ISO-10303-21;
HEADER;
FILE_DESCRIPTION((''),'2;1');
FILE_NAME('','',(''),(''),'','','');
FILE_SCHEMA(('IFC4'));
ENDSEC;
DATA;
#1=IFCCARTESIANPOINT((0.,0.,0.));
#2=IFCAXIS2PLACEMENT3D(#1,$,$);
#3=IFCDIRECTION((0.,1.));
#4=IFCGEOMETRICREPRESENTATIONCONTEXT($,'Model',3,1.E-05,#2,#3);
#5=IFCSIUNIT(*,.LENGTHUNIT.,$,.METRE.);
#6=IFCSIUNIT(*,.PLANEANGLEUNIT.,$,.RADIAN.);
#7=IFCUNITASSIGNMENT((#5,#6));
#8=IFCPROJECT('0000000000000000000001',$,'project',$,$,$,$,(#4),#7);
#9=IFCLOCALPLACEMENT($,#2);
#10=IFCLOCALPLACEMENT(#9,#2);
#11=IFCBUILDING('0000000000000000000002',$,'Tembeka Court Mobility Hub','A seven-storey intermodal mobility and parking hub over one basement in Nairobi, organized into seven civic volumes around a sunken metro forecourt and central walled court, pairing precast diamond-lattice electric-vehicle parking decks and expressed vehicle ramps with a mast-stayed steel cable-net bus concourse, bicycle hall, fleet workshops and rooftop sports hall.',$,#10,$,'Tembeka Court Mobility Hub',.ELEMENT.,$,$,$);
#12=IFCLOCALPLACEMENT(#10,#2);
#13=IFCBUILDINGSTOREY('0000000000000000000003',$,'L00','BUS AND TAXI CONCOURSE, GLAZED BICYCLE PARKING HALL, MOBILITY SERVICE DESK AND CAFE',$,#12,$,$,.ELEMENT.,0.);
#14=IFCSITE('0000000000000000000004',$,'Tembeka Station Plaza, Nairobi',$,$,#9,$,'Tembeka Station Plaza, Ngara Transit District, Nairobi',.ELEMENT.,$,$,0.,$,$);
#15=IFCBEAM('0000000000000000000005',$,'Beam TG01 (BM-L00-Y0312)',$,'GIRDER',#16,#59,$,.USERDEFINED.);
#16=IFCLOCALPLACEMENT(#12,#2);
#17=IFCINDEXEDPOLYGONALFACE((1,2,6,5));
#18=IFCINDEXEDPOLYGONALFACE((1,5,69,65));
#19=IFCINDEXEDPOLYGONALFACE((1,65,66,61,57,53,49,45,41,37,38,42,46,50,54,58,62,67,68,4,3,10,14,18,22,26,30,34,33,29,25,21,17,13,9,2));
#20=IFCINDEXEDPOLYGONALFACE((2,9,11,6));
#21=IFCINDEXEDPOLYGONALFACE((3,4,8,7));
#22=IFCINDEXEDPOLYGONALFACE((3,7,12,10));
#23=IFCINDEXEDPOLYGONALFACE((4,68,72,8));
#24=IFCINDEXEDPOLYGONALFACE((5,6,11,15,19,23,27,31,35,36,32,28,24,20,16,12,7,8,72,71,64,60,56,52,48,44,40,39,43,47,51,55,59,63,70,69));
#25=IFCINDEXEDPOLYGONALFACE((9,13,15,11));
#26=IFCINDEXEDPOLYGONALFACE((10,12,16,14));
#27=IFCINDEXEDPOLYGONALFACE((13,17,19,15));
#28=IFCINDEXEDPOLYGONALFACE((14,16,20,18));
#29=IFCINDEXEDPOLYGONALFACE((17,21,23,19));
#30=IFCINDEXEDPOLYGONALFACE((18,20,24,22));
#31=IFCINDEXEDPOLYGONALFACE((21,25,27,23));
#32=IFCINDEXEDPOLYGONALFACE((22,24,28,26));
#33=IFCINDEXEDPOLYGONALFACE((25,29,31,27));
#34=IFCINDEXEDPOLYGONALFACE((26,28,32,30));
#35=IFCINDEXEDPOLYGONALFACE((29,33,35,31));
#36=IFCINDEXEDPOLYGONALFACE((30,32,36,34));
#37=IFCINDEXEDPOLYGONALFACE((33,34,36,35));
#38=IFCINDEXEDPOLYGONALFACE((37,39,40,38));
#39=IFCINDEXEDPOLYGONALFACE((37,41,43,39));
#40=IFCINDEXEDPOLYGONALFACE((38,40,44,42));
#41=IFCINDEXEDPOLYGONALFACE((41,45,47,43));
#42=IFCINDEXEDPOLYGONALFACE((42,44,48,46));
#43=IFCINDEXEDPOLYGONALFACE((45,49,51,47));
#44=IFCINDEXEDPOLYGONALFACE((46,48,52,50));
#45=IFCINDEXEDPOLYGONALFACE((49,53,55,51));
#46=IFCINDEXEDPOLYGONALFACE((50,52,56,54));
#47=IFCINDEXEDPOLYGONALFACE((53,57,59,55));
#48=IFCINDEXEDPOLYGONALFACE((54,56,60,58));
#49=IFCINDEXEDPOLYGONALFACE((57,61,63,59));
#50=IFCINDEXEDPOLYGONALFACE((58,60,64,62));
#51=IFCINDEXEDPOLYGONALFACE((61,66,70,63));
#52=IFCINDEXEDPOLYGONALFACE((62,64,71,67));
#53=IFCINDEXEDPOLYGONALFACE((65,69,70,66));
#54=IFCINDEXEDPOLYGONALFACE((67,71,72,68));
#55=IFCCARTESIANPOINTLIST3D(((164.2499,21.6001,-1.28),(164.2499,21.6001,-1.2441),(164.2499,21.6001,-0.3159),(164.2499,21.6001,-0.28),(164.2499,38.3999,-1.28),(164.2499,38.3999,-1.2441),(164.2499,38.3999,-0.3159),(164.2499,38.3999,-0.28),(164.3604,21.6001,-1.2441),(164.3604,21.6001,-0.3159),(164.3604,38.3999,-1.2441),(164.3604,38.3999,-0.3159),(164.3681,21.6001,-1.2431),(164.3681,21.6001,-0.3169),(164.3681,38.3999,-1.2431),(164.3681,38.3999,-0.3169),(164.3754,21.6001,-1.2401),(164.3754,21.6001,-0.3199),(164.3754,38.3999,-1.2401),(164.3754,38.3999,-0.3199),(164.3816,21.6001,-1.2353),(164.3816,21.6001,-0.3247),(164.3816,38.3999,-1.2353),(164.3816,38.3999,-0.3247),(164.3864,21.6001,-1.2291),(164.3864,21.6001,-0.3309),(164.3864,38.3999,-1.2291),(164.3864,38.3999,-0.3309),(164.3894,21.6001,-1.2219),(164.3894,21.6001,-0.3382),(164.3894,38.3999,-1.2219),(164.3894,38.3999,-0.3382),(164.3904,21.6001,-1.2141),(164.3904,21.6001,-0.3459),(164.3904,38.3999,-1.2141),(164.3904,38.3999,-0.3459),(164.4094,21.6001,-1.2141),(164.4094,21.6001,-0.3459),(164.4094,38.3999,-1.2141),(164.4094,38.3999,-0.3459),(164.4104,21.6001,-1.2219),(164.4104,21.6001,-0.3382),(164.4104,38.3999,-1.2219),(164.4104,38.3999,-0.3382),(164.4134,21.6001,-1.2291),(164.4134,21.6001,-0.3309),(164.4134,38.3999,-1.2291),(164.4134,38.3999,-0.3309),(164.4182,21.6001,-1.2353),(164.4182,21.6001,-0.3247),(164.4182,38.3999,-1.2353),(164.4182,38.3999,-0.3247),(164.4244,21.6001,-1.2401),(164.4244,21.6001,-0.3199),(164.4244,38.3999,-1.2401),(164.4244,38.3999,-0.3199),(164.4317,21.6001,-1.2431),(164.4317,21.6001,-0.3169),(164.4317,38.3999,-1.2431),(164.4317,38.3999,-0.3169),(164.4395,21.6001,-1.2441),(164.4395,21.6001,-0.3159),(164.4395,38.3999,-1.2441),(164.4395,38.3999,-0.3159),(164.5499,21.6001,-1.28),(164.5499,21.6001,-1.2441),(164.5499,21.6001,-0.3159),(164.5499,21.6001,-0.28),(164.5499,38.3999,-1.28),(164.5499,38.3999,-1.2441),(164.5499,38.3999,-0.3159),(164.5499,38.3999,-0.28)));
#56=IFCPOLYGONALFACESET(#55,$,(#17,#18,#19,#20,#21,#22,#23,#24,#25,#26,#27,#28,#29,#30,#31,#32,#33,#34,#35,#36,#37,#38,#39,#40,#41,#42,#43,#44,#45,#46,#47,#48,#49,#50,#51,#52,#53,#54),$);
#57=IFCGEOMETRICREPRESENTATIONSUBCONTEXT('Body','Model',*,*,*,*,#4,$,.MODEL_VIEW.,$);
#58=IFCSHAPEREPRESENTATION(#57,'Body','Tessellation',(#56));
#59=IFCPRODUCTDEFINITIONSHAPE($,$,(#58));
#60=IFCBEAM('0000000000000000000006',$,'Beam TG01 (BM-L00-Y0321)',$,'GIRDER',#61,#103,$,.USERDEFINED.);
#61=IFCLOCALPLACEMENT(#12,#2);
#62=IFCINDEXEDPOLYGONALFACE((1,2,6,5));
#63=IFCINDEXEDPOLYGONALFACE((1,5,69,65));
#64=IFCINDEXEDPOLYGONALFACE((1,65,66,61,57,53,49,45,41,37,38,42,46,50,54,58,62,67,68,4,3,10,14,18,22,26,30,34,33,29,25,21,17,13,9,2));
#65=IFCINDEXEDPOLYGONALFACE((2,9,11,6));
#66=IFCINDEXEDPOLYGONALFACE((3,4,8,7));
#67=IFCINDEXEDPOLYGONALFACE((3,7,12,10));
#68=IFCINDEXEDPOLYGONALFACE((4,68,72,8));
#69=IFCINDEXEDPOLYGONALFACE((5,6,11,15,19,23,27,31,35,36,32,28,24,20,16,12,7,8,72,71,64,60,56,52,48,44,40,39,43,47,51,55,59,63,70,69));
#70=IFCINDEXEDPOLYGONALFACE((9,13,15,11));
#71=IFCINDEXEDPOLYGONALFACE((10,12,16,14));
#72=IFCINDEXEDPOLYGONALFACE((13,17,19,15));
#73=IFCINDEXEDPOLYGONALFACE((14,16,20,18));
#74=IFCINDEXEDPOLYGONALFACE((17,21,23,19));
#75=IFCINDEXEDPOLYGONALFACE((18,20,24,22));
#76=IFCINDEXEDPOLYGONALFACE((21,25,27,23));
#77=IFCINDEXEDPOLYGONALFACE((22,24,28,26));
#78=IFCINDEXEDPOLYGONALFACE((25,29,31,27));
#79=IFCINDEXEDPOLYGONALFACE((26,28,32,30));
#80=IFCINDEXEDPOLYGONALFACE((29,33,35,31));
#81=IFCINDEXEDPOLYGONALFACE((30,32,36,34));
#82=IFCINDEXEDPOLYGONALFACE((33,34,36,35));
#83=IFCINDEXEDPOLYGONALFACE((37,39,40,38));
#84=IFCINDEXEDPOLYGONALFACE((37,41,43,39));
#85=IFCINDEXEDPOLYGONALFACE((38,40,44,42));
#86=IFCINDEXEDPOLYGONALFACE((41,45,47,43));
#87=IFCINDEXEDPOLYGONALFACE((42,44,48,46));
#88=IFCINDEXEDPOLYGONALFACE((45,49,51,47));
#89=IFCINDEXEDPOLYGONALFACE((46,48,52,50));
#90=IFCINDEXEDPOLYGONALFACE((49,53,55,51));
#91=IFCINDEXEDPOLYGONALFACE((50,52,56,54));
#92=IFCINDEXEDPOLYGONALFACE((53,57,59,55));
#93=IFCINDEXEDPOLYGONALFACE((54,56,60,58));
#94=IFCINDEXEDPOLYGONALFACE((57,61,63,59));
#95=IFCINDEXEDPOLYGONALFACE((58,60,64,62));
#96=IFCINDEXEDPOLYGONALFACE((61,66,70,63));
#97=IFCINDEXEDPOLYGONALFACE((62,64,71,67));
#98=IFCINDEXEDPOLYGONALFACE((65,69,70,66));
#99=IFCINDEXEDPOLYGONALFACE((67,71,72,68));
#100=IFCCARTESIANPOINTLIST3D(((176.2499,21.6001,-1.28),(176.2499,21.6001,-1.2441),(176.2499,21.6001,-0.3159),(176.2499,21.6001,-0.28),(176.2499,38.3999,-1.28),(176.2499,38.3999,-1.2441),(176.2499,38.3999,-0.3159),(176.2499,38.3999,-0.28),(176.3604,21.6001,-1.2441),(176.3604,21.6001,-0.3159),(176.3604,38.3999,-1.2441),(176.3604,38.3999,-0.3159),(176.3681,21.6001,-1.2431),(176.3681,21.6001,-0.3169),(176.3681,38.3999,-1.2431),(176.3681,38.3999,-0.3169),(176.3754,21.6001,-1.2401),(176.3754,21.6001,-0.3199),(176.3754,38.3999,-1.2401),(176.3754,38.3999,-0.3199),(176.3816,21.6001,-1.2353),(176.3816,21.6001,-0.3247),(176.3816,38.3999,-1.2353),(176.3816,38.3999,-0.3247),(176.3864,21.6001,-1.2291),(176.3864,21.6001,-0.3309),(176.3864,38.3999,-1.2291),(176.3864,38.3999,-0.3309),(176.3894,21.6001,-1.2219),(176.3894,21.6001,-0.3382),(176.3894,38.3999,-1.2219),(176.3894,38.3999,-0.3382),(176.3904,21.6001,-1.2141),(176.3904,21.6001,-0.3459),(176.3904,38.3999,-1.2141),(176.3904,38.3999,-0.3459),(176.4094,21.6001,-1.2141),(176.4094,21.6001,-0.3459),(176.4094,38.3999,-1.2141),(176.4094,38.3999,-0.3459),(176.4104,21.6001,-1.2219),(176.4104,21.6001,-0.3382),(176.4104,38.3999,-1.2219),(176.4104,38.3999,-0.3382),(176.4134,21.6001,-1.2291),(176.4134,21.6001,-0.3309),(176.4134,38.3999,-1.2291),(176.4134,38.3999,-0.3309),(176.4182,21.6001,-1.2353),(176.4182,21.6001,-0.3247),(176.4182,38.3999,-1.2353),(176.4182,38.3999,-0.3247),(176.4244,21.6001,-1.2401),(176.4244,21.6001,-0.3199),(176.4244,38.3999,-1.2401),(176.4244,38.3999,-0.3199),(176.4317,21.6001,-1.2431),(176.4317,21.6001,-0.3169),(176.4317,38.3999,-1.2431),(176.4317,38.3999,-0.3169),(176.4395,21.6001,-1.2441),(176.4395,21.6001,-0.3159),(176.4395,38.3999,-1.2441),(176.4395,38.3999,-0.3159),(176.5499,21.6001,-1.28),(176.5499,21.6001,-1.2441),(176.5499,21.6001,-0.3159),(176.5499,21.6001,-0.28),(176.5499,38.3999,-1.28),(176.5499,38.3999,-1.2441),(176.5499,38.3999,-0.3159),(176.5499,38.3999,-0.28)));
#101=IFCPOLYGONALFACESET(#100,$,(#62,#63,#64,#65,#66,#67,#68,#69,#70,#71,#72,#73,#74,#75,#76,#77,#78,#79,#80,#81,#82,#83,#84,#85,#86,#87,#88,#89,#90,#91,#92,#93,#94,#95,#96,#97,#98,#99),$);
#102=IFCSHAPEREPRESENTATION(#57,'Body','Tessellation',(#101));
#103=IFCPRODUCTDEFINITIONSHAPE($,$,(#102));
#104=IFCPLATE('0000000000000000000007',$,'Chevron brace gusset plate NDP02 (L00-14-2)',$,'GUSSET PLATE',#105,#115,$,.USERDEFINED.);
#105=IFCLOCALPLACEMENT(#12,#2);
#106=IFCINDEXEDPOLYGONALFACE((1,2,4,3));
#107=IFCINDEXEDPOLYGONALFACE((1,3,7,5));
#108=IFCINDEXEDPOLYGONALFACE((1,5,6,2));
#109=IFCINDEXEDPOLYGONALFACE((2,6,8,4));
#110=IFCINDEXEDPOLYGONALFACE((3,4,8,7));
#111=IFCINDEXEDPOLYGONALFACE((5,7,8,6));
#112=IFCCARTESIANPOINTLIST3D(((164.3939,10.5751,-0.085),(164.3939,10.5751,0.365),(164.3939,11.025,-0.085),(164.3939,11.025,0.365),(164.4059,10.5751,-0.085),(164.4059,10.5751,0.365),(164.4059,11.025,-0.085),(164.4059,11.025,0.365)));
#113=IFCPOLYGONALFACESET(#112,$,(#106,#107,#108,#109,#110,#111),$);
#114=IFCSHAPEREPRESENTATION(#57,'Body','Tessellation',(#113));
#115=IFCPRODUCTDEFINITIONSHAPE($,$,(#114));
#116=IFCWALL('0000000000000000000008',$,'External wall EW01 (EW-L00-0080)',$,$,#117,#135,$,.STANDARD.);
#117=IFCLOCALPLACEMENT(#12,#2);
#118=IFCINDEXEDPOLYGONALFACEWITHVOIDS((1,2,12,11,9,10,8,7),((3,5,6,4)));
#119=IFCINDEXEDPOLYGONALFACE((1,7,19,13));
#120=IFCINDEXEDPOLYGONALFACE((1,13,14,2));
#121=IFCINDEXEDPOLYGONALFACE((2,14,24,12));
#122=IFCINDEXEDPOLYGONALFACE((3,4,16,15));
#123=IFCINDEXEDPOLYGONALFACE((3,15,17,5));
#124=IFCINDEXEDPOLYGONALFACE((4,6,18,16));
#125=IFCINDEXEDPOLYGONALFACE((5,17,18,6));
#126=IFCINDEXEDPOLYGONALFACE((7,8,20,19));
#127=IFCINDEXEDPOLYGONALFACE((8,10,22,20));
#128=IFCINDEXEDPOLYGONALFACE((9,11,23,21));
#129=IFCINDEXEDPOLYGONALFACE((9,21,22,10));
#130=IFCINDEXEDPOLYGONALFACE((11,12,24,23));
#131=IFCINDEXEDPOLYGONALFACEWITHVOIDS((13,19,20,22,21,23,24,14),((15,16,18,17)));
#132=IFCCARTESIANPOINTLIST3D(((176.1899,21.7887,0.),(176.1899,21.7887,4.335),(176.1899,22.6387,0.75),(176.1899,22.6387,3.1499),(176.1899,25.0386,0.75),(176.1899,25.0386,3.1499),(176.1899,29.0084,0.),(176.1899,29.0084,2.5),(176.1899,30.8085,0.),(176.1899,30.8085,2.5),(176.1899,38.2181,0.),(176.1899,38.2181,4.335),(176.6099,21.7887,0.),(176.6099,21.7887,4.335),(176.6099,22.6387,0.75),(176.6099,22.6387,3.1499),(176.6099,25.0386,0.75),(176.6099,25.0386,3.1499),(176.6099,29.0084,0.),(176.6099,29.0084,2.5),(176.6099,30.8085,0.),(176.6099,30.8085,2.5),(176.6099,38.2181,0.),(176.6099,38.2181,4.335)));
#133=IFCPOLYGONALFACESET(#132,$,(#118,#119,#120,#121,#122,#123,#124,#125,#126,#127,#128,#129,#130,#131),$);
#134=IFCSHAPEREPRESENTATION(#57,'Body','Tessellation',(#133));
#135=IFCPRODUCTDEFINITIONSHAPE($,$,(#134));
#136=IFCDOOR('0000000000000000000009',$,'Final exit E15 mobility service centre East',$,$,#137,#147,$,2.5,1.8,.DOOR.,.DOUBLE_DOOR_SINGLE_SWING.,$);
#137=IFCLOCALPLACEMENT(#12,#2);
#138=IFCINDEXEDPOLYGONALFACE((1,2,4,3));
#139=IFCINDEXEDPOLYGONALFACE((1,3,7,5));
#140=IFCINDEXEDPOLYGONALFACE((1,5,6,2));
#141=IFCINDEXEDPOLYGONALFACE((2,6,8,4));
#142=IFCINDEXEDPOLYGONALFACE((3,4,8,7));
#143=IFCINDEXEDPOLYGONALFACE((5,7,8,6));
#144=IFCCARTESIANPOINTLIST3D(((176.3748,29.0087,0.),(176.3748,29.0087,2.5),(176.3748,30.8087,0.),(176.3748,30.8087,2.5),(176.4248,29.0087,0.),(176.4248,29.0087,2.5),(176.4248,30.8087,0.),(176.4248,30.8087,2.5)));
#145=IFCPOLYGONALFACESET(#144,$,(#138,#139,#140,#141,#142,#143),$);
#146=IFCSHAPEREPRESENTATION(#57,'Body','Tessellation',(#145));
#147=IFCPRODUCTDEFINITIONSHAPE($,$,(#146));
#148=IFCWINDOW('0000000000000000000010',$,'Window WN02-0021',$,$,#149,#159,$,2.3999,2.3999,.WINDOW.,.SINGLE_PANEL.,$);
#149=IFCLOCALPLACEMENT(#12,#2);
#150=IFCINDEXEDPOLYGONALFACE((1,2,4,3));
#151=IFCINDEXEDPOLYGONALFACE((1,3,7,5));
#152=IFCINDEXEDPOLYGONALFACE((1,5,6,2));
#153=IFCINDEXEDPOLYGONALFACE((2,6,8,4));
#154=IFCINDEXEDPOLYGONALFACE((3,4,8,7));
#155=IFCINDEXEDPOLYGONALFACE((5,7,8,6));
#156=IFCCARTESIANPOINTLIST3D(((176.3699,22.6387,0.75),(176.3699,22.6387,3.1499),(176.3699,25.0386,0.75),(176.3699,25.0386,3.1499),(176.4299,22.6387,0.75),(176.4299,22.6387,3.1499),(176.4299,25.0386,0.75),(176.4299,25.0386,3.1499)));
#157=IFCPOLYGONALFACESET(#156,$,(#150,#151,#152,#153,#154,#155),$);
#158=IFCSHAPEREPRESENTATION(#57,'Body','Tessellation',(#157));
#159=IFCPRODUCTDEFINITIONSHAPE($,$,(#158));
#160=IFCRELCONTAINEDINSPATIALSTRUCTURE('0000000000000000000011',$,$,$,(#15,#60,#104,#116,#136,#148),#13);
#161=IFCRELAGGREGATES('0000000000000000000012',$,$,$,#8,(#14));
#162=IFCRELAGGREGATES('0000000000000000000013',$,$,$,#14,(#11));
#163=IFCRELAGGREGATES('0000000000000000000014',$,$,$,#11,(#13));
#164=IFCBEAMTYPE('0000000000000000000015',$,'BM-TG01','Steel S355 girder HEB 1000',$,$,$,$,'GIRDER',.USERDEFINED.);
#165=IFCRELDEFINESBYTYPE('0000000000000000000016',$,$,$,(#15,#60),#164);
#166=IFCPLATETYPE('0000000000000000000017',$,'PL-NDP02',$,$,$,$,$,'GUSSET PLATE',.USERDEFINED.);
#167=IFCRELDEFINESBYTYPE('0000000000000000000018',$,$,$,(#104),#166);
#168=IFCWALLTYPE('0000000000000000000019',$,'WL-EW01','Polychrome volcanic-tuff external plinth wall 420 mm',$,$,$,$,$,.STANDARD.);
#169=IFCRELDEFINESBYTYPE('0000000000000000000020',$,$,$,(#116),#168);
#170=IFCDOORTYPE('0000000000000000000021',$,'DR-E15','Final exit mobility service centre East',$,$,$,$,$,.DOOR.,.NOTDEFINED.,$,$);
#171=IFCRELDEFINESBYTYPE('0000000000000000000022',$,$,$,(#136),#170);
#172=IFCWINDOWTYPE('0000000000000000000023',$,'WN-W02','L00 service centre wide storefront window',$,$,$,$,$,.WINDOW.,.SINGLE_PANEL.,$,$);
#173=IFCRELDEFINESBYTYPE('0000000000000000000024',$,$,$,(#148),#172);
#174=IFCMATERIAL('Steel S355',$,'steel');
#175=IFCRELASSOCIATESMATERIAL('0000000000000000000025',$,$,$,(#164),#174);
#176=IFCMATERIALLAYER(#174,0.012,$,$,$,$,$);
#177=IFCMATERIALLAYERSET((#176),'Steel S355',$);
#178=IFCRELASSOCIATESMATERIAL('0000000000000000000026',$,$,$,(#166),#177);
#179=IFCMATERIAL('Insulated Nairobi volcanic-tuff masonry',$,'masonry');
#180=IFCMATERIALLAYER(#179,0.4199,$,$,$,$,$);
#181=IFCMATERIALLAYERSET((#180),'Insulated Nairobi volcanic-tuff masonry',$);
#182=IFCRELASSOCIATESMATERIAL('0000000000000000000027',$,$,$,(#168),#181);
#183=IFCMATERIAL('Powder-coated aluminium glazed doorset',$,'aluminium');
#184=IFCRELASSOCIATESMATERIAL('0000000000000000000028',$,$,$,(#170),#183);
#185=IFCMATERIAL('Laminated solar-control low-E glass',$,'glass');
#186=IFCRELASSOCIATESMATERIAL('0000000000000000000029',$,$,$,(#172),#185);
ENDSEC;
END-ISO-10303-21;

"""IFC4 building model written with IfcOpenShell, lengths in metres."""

from ifc_helpers import new_model, si_unit, direction, frame, frame_2d, origin, origin_2d, place, context, subcontext, project, spatial, rectangle, i_section, extrude, material, layer, layer_set, material_profile, profile_set, type_object, element, fill, save


model = new_model("IFC4")

# Units and contexts
model_context = context("Model", 3, precision=1e-05, world=origin(), true_north=direction((0.0, 1.0)))
body_context = subcontext(model_context, "Body", "Model", "MODEL_VIEW")
ifc_project = project(units=[si_unit("LENGTHUNIT", "METRE"), si_unit("PLANEANGLEUNIT", "RADIAN")], contexts=[model_context])

# Site, building, storey
site_placement = place(None, origin())
site = spatial("IfcSite", under=ifc_project, at=site_placement, Name="Tembeka Station Plaza, Nairobi", LongName="Tembeka Station Plaza, Ngara Transit District, Nairobi", CompositionType="ELEMENT", RefElevation=0.0)
building_placement = place(site_placement, origin())
building = spatial("IfcBuilding", under=site, at=building_placement, Name="Tembeka Court Mobility Hub", Description="A seven-storey intermodal mobility and parking hub over one basement in Nairobi, organized into seven civic volumes around a sunken metro forecourt and central walled court, pairing precast diamond-lattice electric-vehicle parking decks and expressed vehicle ramps with a mast-stayed steel cable-net bus concourse, bicycle hall, fleet workshops and rooftop sports hall.", LongName="Tembeka Court Mobility Hub", CompositionType="ELEMENT")
storey_placement = place(building_placement, origin())
storey = spatial("IfcBuildingStorey", under=building, at=storey_placement, Name="L00", Description="BUS AND TAXI CONCOURSE, GLAZED BICYCLE PARKING HALL, MOBILITY SERVICE DESK AND CAFE", CompositionType="ELEMENT", Elevation=0.0)

# Shared definitions
ifc_material_1 = material(Name="Steel S355", Category="steel")

# Beams
ifc_material_profile_1 = material_profile(ifc_material_1, i_section(OverallWidth=0.3, OverallDepth=1.0, WebThickness=0.019, FlangeThickness=0.0359, FilletRadius=0.03, at=origin_2d()), Name="HEB 1000")
ifc_profile_set_1 = profile_set([ifc_material_profile_1], Name="Steel S355")
beam_type_1 = type_object("IfcBeamType", Name="BM-TG01", Description="Steel S355 girder HEB 1000", ElementType="GIRDER", PredefinedType="USERDEFINED", material=ifc_profile_set_1)
for number, where, z_axis, x_axis, name in (
    (1, (164.3999, 21.6001, -0.78), (0.0, 1.0, 0.0), (-1.0, 0.0, 0.0), "Beam TG01 (BM-L00-Y0312)"),
    (2, (176.3999, 21.6001, -0.78), (0.0, 1.0, 0.0), (-1.0, 0.0, 0.0), "Beam TG01 (BM-L00-Y0321)"),
):
    element("IfcBeam", number, at=place(storey_placement, frame(where, z_axis=z_axis, x_axis=x_axis)), inside=storey, type_object=beam_type_1, Name=name, ObjectType="GIRDER", PredefinedType="USERDEFINED", context=body_context, shape_type="SweptSolid", body=[
        extrude(i_section(OverallWidth=0.3, OverallDepth=1.0, WebThickness=0.019, FlangeThickness=0.0359, FilletRadius=0.03, at=origin_2d()), origin(), (0.0, 0.0, 1.0), 16.7998),
    ])

# Plate
ifc_layer_1 = layer(ifc_material_1, 0.012)
ifc_layer_set_1 = layer_set([ifc_layer_1], Name="Steel S355")
plate_type = type_object("IfcPlateType", Name="PL-NDP02", ElementType="GUSSET PLATE", PredefinedType="USERDEFINED", material=ifc_layer_set_1)
plate_placement = place(storey_placement, frame((164.3999, 10.8, -0.085), z_axis=(0.0, 0.0, 1.0), x_axis=(1.0, 0.0, 0.0)))
element("IfcPlate", 3, at=plate_placement, inside=storey, type_object=plate_type, Name="Chevron brace gusset plate NDP02 (L00-14-2)", ObjectType="GUSSET PLATE", PredefinedType="USERDEFINED", context=body_context, shape_type="SweptSolid", body=[
    extrude(rectangle(XDim=0.012, YDim=0.45, at=origin_2d()), origin(), (0.0, 0.0, 1.0), 0.45),
])

# Shared definitions
ifc_material_2 = material(Name="Insulated Nairobi volcanic-tuff masonry", Category="masonry")
ifc_layer_2 = layer(ifc_material_2, 0.4199)
ifc_layer_set_2 = layer_set([ifc_layer_2], Name="Insulated Nairobi volcanic-tuff masonry")
wall_type_1 = type_object("IfcWallType", Name="WL-EW01", Description="Polychrome volcanic-tuff external plinth wall 420 mm", PredefinedType="STANDARD", material=ifc_layer_set_2)

# Wall, openings, door, window
wall_1_placement = place(storey_placement, frame((176.3999, 21.7886, 0.0), z_axis=(0.0, 0.0, 1.0), x_axis=(0.0, 1.0, 0.0)))
wall_1 = element("IfcWall", 4, at=wall_1_placement, inside=storey, type_object=wall_type_1, Name="External wall EW01 (EW-L00-0080)", PredefinedType="STANDARD", context=body_context, shape_type="SweptSolid", body=[
    extrude(rectangle(XDim=16.4294, YDim=0.4199, at=frame_2d((8.2148, 0.0))), origin(), (0.0, 0.0, 1.0), 4.335),
])
opening_1_placement = place(wall_1_placement, frame((7.22, 0.0, 0.0)))
opening_1 = element("IfcOpeningElement", 5, at=opening_1_placement, cuts=wall_1, PredefinedType="OPENING", context=body_context, shape_type="SweptSolid", body=[
    extrude(rectangle(XDim=1.8, YDim=2.5, at=frame_2d((0.8999, 1.25))), frame((0.0, 0.22, 0.0), z_axis=(0.0, -1.0, 0.0), x_axis=(1.0, 0.0, 0.0)), (0.0, 0.0, 1.0), 0.4399),
])
opening_2_placement = place(wall_1_placement, frame((0.8501, 0.0, 0.75)))
opening_2 = element("IfcOpeningElement", 6, at=opening_2_placement, cuts=wall_1, PredefinedType="OPENING", context=body_context, shape_type="SweptSolid", body=[
    extrude(rectangle(XDim=2.3999, YDim=2.3999, at=frame_2d((1.2, 1.2))), frame((0.0, 0.22, 0.0), z_axis=(0.0, -1.0, 0.0), x_axis=(1.0, 0.0, 0.0)), (0.0, 0.0, 1.0), 0.4399),
])
ifc_material_3 = material(Name="Powder-coated aluminium glazed doorset", Category="aluminium")
door_type_1 = type_object("IfcDoorType", Name="DR-E15", Description="Final exit mobility service centre East", OperationType="NOTDEFINED", PredefinedType="DOOR", material=ifc_material_3)
door_1_placement = place(opening_1_placement, frame((1.8, 0.0, 0.0), z_axis=(0.0, 0.0, 1.0), x_axis=(-1.0, 0.0, 0.0)))
door_1 = element("IfcDoor", 7, at=door_1_placement, inside=storey, type_object=door_type_1, Name="Final exit E15 mobility service centre East", OperationType="DOUBLE_DOOR_SINGLE_SWING", OverallHeight=2.5, OverallWidth=1.8, PredefinedType="DOOR", context=body_context, shape_type="SweptSolid", body=[
    extrude(rectangle(XDim=1.8, YDim=2.5, at=frame_2d((0.8999, 1.25))), frame((0.0, 0.0249, 0.0), z_axis=(0.0, -1.0, 0.0), x_axis=(1.0, 0.0, 0.0)), (0.0, 0.0, 1.0), 0.05),
])
fill(opening_1, door_1)
ifc_material_4 = material(Name="Laminated solar-control low-E glass", Category="glass")
window_type = type_object("IfcWindowType", Name="WN-W02", Description="L00 service centre wide storefront window", PartitioningType="SINGLE_PANEL", PredefinedType="WINDOW", material=ifc_material_4)
window_placement = place(opening_2_placement, origin())
window = element("IfcWindow", 8, at=window_placement, inside=storey, type_object=window_type, Name="Window WN02-0021", OverallHeight=2.3999, OverallWidth=2.3999, PartitioningType="SINGLE_PANEL", PredefinedType="WINDOW", context=body_context, shape_type="SweptSolid", body=[
    extrude(rectangle(XDim=2.3999, YDim=2.3999, at=frame_2d((1.2, 1.2))), frame((0.0, 0.03, 0.0), z_axis=(0.0, -1.0, 0.0), x_axis=(1.0, 0.0, 0.0)), (0.0, 0.0, 1.0), 0.0601),
])
fill(opening_2, window)

save(model, "model.ifc")
